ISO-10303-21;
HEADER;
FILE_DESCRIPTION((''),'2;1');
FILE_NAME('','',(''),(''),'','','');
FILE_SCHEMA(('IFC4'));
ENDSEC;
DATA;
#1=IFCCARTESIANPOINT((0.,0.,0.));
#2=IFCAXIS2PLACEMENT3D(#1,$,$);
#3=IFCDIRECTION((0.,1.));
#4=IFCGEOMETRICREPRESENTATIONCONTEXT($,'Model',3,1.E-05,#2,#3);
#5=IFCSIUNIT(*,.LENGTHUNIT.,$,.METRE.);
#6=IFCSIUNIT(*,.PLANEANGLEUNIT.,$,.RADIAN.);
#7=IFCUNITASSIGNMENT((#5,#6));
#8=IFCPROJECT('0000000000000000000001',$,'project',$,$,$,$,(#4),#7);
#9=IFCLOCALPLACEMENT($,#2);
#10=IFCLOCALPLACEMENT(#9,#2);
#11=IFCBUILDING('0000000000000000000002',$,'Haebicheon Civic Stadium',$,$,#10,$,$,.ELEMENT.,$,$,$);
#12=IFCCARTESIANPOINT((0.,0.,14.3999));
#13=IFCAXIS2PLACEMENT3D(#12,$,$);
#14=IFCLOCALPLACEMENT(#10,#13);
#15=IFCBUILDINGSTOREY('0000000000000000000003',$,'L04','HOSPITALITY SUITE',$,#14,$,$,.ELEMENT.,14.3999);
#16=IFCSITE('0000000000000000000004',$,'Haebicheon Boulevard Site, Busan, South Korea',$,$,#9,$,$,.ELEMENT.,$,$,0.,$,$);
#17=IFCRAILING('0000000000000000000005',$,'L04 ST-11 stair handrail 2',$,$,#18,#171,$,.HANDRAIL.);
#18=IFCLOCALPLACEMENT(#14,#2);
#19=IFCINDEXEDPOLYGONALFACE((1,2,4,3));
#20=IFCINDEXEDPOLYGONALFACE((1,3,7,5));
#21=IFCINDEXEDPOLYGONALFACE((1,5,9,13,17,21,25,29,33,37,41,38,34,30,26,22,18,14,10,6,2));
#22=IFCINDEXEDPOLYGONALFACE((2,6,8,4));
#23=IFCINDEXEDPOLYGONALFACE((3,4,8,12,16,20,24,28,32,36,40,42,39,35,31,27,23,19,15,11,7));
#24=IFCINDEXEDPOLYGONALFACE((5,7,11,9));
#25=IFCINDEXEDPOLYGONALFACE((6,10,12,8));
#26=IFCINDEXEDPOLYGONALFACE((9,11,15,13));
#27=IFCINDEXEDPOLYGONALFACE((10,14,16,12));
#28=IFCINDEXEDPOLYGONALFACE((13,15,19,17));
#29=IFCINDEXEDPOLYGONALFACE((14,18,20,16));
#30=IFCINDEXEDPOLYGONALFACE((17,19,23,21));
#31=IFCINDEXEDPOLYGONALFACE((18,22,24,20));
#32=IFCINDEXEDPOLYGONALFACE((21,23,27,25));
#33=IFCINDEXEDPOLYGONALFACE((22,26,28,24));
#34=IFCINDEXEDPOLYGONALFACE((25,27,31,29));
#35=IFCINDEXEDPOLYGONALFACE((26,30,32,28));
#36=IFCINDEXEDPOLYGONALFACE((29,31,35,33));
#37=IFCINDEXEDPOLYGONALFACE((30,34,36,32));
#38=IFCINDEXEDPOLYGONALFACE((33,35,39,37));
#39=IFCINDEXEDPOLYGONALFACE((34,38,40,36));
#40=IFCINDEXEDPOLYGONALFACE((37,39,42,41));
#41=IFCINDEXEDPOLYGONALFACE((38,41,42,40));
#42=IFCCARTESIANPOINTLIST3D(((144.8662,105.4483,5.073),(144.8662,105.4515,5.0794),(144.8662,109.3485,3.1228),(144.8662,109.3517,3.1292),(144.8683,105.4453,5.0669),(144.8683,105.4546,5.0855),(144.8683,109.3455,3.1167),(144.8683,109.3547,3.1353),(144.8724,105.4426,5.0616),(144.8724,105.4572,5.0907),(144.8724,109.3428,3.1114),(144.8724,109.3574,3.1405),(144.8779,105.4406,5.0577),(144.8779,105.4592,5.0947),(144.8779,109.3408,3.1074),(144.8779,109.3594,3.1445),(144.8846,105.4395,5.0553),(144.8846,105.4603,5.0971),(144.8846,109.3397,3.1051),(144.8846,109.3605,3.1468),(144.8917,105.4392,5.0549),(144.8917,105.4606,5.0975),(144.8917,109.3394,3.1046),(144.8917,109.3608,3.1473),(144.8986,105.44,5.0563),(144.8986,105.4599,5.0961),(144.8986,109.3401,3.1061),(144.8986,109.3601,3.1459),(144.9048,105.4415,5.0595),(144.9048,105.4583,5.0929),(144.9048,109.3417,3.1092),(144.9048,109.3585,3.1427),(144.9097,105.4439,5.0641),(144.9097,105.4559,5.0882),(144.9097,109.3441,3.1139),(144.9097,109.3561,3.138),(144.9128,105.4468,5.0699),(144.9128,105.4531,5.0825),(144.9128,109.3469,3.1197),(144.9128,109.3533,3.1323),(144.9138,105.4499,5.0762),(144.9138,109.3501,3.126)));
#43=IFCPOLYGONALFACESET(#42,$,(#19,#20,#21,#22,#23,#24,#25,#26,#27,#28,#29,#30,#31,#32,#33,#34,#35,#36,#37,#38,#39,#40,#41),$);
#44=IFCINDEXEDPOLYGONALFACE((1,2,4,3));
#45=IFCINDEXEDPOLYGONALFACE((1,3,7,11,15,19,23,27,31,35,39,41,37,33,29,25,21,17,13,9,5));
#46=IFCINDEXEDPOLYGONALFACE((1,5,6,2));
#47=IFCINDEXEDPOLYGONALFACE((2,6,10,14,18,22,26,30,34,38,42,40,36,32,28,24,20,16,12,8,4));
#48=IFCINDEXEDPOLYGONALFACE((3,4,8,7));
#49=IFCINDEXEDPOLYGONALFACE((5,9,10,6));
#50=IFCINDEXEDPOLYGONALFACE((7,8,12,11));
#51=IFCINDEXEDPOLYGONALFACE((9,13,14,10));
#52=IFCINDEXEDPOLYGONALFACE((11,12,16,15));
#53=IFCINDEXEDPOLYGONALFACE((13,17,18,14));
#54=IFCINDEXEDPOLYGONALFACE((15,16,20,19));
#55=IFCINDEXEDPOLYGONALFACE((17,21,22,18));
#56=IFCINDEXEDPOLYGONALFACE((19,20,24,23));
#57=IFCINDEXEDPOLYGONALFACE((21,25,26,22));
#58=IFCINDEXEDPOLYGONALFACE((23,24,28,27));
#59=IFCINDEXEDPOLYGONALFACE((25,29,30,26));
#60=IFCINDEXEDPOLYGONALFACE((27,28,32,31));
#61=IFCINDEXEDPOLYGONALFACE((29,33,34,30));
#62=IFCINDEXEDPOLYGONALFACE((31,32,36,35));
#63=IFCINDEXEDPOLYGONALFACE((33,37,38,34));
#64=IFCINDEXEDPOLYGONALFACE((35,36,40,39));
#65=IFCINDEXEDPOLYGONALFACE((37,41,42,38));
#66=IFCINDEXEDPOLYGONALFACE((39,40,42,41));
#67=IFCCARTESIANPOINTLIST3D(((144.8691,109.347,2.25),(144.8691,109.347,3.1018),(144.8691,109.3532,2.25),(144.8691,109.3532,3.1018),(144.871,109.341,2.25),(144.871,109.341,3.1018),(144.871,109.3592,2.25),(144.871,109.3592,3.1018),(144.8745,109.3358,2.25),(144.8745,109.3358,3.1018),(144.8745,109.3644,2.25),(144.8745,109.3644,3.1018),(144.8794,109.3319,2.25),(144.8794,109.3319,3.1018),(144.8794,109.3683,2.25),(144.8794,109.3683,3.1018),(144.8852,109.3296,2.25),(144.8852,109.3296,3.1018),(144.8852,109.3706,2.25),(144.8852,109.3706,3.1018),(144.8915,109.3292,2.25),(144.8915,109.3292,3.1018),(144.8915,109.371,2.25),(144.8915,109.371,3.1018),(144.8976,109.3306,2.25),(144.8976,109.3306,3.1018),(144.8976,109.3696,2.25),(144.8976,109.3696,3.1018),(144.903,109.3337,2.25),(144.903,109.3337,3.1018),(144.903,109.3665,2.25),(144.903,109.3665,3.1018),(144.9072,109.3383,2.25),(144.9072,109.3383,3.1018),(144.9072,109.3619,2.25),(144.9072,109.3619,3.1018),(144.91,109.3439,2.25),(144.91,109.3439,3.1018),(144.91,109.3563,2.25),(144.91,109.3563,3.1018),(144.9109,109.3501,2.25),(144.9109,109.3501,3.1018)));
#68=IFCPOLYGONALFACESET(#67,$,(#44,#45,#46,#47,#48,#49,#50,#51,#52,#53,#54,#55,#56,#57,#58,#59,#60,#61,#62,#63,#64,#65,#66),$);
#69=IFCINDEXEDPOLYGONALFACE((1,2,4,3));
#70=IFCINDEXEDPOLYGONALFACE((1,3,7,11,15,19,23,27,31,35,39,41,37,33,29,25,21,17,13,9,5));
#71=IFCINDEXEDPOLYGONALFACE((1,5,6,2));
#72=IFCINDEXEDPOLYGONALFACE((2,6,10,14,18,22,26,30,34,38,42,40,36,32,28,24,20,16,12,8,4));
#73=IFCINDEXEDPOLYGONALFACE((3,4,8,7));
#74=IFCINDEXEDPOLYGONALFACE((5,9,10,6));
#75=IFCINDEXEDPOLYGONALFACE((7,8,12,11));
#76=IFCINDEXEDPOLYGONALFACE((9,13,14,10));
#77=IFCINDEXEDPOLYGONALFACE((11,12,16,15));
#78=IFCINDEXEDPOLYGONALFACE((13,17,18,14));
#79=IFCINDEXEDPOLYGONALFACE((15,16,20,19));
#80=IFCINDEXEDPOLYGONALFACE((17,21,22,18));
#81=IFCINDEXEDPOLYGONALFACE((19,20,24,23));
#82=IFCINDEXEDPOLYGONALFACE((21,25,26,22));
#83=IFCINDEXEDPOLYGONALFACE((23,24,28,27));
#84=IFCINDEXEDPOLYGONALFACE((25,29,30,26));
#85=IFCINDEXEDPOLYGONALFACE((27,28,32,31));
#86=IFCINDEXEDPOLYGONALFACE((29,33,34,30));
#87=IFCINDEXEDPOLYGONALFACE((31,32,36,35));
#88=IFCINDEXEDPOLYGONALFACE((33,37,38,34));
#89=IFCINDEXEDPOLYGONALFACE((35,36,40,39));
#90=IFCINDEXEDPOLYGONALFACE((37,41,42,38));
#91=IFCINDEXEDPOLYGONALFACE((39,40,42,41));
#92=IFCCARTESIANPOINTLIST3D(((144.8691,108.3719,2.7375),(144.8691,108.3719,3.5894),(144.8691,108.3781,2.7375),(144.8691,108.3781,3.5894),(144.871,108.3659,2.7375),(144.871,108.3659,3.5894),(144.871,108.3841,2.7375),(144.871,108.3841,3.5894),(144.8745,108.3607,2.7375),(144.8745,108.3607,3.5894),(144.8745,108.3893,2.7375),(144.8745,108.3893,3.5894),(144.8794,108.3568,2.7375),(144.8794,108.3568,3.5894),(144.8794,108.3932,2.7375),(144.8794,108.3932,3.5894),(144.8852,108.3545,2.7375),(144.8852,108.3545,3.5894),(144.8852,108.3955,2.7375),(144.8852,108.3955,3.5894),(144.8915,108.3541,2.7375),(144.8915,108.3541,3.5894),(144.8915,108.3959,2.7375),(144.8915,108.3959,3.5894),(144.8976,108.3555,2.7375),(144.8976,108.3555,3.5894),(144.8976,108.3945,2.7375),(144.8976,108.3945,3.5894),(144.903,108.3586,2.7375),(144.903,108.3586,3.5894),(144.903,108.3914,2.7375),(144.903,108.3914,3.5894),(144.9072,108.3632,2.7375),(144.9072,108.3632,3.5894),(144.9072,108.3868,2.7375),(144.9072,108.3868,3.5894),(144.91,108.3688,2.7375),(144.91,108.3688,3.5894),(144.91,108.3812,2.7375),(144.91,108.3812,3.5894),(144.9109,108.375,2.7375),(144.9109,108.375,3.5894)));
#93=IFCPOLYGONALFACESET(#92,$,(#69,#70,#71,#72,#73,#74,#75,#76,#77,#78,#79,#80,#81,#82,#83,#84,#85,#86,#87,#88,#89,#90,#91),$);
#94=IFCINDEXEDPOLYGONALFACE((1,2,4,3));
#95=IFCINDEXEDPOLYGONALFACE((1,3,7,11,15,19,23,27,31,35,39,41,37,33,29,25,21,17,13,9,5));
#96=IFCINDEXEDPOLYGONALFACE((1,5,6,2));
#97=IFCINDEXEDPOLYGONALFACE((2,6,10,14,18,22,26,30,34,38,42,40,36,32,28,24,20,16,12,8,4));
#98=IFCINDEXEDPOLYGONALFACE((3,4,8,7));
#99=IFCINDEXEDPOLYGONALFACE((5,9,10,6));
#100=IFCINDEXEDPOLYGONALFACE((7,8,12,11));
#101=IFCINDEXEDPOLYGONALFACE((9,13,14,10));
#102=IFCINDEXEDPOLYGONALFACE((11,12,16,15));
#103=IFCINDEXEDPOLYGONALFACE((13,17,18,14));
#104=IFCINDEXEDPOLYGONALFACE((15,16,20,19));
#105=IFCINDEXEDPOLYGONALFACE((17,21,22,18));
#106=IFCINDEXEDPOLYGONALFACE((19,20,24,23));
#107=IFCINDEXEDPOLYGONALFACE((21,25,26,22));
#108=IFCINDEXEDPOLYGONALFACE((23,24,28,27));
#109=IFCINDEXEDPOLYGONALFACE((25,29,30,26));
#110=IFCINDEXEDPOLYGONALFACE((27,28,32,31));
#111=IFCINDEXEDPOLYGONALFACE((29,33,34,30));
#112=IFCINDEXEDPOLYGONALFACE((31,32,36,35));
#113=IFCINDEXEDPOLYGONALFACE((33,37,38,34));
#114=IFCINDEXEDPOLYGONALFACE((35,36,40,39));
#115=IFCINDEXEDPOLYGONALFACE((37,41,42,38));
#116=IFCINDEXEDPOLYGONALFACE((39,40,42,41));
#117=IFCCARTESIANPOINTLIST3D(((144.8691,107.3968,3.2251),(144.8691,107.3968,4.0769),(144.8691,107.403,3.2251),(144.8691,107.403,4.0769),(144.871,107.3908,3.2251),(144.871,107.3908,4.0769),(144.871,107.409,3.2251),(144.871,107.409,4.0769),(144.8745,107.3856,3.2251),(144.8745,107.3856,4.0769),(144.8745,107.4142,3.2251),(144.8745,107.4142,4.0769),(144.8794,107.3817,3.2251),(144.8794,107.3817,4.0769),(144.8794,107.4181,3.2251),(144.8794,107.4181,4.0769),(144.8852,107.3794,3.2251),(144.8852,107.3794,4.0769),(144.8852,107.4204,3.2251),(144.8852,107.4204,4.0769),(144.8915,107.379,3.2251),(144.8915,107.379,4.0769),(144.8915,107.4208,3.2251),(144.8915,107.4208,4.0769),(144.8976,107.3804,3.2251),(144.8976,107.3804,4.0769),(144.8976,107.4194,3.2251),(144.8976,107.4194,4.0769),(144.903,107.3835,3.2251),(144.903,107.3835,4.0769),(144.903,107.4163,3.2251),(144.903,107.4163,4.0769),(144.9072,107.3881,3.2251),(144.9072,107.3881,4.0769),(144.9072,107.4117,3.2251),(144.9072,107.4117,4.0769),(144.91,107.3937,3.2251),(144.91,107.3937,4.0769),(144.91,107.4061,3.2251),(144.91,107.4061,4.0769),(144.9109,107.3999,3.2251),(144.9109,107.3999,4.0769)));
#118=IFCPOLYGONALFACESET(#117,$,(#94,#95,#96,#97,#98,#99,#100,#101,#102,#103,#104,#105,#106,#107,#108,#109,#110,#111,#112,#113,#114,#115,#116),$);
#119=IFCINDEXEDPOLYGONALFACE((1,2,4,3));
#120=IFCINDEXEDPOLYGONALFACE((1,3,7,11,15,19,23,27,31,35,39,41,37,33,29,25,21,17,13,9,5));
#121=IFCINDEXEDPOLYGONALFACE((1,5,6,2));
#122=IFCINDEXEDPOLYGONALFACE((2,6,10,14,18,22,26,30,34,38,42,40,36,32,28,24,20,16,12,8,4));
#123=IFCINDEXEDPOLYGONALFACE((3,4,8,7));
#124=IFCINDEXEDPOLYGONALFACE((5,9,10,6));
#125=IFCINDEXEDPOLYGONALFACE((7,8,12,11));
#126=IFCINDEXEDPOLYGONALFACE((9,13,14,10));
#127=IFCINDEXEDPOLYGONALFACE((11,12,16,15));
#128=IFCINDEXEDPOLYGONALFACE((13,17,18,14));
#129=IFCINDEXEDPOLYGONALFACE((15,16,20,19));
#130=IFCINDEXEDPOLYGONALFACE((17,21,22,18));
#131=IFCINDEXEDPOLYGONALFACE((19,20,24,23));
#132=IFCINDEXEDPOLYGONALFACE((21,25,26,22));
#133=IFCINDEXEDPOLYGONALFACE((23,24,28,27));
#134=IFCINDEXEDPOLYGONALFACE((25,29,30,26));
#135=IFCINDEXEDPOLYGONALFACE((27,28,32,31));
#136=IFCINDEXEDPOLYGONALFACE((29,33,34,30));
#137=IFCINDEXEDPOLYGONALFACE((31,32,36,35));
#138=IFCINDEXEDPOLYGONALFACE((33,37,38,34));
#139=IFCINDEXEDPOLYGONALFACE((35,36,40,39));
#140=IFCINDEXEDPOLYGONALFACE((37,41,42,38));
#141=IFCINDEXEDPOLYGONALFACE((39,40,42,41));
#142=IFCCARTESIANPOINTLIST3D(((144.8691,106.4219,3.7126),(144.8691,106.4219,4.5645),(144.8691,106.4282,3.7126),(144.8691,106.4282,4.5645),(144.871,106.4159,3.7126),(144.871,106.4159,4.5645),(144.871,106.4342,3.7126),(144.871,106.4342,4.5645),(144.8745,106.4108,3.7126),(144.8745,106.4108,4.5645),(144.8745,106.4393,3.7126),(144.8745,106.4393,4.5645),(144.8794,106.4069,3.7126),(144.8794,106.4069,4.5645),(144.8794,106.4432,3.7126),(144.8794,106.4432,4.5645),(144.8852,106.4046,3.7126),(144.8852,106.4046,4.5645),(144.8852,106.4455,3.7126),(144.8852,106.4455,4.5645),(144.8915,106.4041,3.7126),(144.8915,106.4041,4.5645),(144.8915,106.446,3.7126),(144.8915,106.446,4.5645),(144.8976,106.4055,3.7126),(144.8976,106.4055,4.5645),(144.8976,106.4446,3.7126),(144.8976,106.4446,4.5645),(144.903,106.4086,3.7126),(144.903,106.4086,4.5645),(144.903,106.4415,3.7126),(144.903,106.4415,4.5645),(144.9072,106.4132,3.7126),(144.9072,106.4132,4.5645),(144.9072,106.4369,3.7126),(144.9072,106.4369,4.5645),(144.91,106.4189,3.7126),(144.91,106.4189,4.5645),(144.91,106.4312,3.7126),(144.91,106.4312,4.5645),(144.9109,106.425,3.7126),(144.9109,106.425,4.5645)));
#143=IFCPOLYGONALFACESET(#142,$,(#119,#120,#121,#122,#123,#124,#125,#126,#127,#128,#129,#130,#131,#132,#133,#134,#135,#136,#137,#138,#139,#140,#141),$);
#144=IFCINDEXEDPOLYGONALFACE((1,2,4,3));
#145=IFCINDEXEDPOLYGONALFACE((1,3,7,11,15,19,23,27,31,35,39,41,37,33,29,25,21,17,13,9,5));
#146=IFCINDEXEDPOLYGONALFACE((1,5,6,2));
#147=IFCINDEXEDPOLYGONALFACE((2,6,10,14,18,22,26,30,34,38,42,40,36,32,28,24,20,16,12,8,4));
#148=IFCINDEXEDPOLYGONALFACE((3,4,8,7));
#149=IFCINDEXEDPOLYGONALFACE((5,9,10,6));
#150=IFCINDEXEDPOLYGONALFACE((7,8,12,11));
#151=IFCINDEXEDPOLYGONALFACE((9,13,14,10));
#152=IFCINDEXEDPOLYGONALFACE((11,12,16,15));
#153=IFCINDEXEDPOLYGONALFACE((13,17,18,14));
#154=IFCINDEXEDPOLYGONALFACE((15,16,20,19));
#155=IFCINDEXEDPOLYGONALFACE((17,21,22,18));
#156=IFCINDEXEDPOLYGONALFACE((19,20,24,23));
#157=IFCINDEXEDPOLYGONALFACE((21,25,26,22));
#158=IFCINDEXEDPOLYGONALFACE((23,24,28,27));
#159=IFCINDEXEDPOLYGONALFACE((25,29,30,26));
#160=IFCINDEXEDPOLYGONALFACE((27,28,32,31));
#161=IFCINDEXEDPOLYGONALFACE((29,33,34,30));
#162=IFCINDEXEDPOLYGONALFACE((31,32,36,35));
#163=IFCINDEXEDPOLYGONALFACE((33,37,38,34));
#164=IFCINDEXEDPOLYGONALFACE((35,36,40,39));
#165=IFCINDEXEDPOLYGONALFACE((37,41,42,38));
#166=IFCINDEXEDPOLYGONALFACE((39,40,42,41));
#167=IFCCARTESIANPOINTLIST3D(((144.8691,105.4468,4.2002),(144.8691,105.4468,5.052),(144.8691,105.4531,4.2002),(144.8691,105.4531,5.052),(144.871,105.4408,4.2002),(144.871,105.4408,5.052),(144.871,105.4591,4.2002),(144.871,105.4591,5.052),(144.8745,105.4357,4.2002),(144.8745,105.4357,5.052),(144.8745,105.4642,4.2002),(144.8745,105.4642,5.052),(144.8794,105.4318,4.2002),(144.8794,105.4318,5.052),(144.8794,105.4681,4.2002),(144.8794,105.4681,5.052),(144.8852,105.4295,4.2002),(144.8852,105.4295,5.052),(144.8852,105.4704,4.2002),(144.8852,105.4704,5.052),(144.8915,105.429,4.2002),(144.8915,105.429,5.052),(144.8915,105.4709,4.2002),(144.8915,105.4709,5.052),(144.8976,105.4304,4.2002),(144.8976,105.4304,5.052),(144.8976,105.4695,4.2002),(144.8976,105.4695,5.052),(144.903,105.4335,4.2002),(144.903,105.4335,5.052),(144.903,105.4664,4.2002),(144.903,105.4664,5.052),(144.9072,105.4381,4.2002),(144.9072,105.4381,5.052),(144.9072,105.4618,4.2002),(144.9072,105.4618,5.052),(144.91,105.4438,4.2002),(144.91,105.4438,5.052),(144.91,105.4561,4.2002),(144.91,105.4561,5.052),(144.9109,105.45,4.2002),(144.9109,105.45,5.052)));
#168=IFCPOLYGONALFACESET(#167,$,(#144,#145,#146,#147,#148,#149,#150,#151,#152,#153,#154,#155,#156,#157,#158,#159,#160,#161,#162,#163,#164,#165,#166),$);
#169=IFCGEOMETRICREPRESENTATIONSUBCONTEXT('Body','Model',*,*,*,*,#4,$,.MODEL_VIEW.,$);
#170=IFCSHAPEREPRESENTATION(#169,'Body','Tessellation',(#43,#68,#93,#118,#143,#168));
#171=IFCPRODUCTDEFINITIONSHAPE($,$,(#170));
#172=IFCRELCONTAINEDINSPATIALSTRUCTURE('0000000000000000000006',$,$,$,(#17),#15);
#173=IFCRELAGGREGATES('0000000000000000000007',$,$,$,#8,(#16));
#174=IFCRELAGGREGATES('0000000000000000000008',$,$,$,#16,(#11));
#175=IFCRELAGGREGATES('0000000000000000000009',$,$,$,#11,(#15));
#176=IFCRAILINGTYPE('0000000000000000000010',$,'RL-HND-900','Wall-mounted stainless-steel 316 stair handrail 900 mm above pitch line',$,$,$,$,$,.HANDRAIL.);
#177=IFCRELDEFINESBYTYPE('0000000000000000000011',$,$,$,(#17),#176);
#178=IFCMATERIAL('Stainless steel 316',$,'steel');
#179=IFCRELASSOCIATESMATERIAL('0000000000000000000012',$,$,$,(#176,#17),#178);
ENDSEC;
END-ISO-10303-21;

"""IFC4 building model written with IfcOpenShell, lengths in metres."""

from ifc_helpers import new_model, si_unit, direction, frame, origin, origin_2d, place, context, subcontext, project, spatial, circle, extrude, material, type_object, element, save


model = new_model("IFC4")

# Units and contexts
model_context = context("Model", 3, precision=1e-05, world=origin(), true_north=direction((0.0, 1.0)))
body_context = subcontext(model_context, "Body", "Model", "MODEL_VIEW")
ifc_project = project(units=[si_unit("LENGTHUNIT", "METRE"), si_unit("PLANEANGLEUNIT", "RADIAN")], contexts=[model_context])

# Site, building, storey
site_placement = place(None, origin())
site = spatial("IfcSite", under=ifc_project, at=site_placement, Name="Haebicheon Boulevard Site, Busan, South Korea", CompositionType="ELEMENT", RefElevation=0.0)
building_placement = place(site_placement, origin())
building = spatial("IfcBuilding", under=site, at=building_placement, Name="Haebicheon Civic Stadium", CompositionType="ELEMENT")
storey_placement = place(building_placement, frame((0.0, 0.0, 14.3999)))
storey = spatial("IfcBuildingStorey", under=building, at=storey_placement, Name="L04", Description="HOSPITALITY SUITE", CompositionType="ELEMENT", Elevation=14.3999)

# Railing
ifc_material_1 = material(Name="Stainless steel 316", Category="steel")
railing_type_1 = type_object("IfcRailingType", Name="RL-HND-900", Description="Wall-mounted stainless-steel 316 stair handrail 900 mm above pitch line", PredefinedType="HANDRAIL", material=ifc_material_1)
railing_1_placement = place(storey_placement, frame((144.8899, 109.3501, 2.25)))
element("IfcRailing", 1, at=railing_1_placement, inside=storey, type_object=railing_type_1, material=ifc_material_1, Name="L04 ST-11 stair handrail 2", PredefinedType="HANDRAIL", context=body_context, shape_type="SweptSolid", body=[
    extrude(circle(Radius=0.0239, at=origin_2d()), frame((0.0, 0.0, 0.876), z_axis=(0.0, -0.894416, 0.447236), x_axis=(1.0, 0.0, 0.0)), (0.0, 0.0, 1.0), 4.3606),
    extrude(circle(Radius=0.021, at=origin_2d()), origin(), (0.0, 0.0, 1.0), 0.8518),
    extrude(circle(Radius=0.021, at=origin_2d()), frame((0.0, -0.9751, 0.4875)), (0.0, 0.0, 1.0), 0.8518),
    extrude(circle(Radius=0.021, at=origin_2d()), frame((0.0, -1.9502, 0.9751)), (0.0, 0.0, 1.0), 0.8518),
    extrude(circle(Radius=0.021, at=origin_2d()), frame((0.0, -2.925, 1.4626)), (0.0, 0.0, 1.0), 0.8518),
    extrude(circle(Radius=0.021, at=origin_2d()), frame((0.0, -3.9001, 1.9502)), (0.0, 0.0, 1.0), 0.8518),
])

save(model, "model.ifc")
